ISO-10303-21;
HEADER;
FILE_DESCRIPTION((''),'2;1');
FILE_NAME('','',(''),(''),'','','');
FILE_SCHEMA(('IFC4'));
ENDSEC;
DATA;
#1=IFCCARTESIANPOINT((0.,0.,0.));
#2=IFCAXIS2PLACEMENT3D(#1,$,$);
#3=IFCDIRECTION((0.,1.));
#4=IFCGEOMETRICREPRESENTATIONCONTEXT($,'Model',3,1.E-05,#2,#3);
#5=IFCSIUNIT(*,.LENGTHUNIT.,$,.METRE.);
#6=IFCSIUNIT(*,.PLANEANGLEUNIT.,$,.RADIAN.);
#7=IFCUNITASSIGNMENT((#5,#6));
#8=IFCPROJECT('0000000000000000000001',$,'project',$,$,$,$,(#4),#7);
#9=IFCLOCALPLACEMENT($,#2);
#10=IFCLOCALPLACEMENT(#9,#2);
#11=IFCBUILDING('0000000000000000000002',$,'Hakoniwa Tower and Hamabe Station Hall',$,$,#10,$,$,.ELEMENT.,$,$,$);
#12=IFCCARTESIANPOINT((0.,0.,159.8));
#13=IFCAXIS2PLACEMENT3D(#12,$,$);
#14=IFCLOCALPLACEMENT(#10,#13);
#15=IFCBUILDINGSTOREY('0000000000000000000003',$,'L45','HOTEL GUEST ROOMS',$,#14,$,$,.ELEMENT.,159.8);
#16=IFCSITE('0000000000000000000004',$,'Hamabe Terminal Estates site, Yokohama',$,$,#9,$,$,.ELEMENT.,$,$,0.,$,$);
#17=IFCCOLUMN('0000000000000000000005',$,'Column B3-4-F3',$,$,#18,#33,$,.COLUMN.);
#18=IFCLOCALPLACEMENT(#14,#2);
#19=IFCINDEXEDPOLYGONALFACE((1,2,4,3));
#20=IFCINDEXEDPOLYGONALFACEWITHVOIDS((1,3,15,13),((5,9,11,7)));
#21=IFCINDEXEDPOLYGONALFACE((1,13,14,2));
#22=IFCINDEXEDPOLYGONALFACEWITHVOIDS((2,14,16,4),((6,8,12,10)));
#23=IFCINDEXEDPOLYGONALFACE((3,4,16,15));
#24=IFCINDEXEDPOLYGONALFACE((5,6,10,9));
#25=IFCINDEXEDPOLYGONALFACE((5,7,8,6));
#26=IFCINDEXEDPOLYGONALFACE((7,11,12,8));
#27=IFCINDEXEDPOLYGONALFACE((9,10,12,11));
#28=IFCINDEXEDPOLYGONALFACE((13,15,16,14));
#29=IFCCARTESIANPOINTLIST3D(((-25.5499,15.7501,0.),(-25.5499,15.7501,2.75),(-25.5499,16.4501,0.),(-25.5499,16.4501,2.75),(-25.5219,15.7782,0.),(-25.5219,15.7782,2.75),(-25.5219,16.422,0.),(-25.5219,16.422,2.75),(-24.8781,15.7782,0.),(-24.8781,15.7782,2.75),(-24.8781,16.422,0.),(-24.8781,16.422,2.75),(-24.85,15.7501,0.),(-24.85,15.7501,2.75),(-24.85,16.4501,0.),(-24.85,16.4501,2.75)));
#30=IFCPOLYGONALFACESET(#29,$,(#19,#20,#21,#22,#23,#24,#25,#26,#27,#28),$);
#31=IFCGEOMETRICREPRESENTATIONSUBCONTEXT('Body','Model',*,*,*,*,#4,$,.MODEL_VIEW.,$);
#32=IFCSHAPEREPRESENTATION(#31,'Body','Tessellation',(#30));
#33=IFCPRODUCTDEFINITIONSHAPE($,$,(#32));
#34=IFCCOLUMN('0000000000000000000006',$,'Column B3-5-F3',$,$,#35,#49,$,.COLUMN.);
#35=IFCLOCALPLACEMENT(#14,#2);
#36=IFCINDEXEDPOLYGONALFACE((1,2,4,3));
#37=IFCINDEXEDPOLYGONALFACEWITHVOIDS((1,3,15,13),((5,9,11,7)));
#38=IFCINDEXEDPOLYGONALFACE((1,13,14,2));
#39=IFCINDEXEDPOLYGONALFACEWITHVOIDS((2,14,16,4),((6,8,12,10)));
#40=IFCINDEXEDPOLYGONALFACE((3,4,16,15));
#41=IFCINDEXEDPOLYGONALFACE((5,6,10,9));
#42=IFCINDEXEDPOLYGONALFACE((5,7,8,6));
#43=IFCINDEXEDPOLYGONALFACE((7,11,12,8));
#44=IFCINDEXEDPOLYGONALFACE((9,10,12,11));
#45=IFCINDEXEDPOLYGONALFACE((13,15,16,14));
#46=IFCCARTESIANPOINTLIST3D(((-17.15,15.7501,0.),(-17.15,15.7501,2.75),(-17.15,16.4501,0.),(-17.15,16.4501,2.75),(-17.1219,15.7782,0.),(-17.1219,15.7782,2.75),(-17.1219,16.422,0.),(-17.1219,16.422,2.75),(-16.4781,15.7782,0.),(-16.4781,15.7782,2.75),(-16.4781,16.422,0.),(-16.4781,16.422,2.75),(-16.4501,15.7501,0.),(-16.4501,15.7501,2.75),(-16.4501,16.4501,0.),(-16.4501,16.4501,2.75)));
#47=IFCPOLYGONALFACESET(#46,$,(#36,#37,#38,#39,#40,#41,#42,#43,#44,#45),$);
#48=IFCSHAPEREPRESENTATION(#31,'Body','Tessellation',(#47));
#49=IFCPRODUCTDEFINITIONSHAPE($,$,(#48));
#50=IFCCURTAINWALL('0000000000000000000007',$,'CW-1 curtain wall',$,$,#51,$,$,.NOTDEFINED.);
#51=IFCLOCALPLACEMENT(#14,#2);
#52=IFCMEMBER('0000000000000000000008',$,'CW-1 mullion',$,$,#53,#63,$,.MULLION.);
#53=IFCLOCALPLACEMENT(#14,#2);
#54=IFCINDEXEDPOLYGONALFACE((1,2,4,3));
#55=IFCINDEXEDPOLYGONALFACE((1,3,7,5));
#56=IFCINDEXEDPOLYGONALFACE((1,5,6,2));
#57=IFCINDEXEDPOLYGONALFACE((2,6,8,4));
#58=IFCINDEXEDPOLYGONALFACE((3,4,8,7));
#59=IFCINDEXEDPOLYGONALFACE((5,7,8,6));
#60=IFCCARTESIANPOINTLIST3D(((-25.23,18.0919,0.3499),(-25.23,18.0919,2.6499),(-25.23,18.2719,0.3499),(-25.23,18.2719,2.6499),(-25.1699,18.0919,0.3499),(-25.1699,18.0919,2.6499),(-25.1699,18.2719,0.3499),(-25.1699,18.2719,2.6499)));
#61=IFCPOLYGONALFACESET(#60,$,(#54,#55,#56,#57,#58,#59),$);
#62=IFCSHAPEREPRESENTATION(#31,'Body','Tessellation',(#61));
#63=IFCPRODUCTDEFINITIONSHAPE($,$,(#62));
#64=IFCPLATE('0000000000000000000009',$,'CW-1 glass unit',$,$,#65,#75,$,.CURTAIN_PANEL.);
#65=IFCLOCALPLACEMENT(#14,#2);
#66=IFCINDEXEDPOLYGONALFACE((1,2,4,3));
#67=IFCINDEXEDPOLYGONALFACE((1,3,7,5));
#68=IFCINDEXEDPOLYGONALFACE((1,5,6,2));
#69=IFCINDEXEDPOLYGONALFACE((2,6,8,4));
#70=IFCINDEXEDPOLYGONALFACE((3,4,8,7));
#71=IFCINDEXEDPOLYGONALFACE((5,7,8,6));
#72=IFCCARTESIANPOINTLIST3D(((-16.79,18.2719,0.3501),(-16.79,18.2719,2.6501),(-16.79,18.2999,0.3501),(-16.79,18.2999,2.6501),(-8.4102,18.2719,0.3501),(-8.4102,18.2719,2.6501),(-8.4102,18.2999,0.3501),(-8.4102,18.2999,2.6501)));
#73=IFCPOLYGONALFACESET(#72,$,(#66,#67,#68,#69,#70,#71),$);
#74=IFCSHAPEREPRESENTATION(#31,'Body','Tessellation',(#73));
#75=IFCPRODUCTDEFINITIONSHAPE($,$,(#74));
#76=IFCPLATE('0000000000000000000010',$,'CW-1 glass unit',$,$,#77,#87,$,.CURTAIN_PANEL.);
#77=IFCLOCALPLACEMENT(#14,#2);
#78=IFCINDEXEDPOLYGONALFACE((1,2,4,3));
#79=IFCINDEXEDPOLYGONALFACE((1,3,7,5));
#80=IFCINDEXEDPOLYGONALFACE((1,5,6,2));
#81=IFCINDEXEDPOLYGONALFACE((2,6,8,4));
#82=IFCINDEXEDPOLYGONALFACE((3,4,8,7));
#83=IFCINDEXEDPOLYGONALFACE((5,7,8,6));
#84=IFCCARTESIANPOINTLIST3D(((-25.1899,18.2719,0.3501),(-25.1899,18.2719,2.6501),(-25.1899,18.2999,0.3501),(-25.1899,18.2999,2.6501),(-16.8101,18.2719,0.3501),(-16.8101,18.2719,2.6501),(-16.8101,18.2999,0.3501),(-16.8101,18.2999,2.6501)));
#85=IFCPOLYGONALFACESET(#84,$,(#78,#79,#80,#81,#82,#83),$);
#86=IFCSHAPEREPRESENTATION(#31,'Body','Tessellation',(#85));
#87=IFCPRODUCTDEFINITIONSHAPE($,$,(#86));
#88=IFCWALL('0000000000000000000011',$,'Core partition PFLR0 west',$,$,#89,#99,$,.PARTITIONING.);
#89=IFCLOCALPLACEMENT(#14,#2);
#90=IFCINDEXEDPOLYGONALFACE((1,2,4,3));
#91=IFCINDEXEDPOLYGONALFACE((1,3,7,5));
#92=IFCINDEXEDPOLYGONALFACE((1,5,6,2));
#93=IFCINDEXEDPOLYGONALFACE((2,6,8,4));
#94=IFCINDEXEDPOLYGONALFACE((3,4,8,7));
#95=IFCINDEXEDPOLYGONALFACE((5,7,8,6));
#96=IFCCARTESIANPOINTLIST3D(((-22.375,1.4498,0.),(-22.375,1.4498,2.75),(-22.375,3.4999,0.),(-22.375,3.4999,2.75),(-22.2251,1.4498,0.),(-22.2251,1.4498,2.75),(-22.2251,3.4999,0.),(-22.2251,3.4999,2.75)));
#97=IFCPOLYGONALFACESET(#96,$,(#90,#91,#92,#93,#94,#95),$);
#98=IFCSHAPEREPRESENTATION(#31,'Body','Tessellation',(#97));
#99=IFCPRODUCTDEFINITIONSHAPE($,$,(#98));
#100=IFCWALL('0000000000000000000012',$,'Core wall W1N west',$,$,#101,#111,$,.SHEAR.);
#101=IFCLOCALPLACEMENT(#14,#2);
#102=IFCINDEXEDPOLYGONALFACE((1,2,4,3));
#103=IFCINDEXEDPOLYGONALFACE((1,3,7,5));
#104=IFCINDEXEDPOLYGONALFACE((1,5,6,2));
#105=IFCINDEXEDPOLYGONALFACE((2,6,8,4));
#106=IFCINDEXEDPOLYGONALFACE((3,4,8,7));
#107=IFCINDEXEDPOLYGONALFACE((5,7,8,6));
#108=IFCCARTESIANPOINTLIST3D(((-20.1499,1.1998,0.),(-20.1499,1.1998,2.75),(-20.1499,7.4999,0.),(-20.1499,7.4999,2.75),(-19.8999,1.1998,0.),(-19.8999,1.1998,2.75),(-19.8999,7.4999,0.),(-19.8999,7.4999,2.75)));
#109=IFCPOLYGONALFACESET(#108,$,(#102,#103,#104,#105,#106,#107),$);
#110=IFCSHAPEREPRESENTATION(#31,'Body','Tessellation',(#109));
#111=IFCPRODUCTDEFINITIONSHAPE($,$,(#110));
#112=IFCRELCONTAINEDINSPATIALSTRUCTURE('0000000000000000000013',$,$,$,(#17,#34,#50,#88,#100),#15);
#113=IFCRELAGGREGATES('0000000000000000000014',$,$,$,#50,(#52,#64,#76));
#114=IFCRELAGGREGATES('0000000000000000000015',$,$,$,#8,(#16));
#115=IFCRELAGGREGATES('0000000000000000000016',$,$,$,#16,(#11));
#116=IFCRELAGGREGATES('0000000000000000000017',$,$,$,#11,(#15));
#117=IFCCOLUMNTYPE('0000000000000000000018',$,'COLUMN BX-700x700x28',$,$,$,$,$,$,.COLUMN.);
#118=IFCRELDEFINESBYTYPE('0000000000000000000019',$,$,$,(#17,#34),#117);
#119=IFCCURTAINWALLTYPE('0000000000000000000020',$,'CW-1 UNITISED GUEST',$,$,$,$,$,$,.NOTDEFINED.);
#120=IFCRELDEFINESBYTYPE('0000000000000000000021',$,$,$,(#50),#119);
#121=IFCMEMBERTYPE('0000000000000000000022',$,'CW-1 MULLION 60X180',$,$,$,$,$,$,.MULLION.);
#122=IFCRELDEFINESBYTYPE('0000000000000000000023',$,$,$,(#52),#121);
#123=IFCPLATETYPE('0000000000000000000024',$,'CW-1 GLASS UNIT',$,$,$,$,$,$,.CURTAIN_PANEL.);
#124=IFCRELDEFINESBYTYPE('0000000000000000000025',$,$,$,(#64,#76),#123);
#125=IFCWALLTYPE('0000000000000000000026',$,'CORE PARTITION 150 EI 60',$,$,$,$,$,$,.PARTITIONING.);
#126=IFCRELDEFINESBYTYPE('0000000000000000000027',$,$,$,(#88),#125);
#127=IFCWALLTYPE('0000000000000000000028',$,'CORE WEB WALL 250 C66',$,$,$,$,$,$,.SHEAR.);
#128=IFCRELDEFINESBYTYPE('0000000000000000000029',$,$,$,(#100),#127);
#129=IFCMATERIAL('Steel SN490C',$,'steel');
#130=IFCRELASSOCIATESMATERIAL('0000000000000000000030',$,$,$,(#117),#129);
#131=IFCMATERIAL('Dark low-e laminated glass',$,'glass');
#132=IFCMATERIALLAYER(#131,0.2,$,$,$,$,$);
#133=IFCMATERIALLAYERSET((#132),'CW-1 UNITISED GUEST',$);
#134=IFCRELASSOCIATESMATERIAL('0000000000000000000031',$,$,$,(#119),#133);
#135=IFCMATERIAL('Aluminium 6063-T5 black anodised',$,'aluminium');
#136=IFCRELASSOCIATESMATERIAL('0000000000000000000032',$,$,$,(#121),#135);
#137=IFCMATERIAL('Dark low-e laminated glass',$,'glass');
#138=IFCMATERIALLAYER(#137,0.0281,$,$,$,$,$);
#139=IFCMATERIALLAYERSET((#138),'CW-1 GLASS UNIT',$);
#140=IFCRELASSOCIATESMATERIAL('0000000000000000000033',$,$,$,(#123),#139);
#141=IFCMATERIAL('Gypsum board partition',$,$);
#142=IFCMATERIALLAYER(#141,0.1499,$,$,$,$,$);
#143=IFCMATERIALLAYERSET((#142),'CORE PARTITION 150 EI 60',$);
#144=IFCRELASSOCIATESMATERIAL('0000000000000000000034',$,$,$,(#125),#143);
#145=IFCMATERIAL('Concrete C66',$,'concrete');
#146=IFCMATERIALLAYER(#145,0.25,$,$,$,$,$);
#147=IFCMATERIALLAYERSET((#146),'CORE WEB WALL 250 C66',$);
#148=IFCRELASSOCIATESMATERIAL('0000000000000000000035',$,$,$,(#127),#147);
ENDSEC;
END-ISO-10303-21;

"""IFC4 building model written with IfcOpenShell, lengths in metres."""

from ifc_helpers import new_model, si_unit, direction, frame, frame_2d, origin, origin_2d, place, context, subcontext, project, spatial, rectangle, hollow_rectangle, extrude, material, layer, layer_set, material_profile, profile_set, type_object, element, aggregate, save


model = new_model("IFC4")

# Units and contexts
model_context = context("Model", 3, precision=1e-05, world=origin(), true_north=direction((0.0, 1.0)))
body_context = subcontext(model_context, "Body", "Model", "MODEL_VIEW")
ifc_project = project(units=[si_unit("LENGTHUNIT", "METRE"), si_unit("PLANEANGLEUNIT", "RADIAN")], contexts=[model_context])

# Site, building, storey
site_placement = place(None, origin())
site = spatial("IfcSite", under=ifc_project, at=site_placement, Name="Hamabe Terminal Estates site, Yokohama", CompositionType="ELEMENT", RefElevation=0.0)
building_placement = place(site_placement, origin())
building = spatial("IfcBuilding", under=site, at=building_placement, Name="Hakoniwa Tower and Hamabe Station Hall", CompositionType="ELEMENT")
storey_placement = place(building_placement, frame((0.0, 0.0, 159.8)))
storey = spatial("IfcBuildingStorey", under=building, at=storey_placement, Name="L45", Description="HOTEL GUEST ROOMS", CompositionType="ELEMENT", Elevation=159.8)

# Columns
ifc_material_1 = material(Name="Steel SN490C", Category="steel")
ifc_material_profile_1 = material_profile(ifc_material_1, hollow_rectangle(XDim=0.7, YDim=0.7, WallThickness=0.0281, at=origin_2d()), Name="BX-700x700x28")
ifc_profile_set_1 = profile_set([ifc_material_profile_1], Name="Steel SN490C")
column_type = type_object("IfcColumnType", Name="COLUMN BX-700x700x28", PredefinedType="COLUMN", material=ifc_profile_set_1)
for number, where, z_axis, x_axis, name in (
    (1, (-25.2, 16.1001, 0.0), (0.0, 0.0, 1.0), (1.0, 0.0, 0.0), "Column B3-4-F3"),
    (2, (-16.8, 16.1001, 0.0), (0.0, 0.0, 1.0), (1.0, 0.0, 0.0), "Column B3-5-F3"),
):
    element("IfcColumn", number, at=place(storey_placement, frame(where, z_axis=z_axis, x_axis=x_axis)), inside=storey, type_object=column_type, Name=name, PredefinedType="COLUMN", context=body_context, shape_type="SweptSolid", body=[
        extrude(hollow_rectangle(XDim=0.7, YDim=0.7, WallThickness=0.0281, at=origin_2d()), origin(), (0.0, 0.0, 1.0), 2.75),
    ])

# Curtain wall, member, plates
ifc_material_2 = material(Name="Dark low-e laminated glass", Category="glass")
ifc_layer_1 = layer(ifc_material_2, 0.2)
ifc_layer_set_1 = layer_set([ifc_layer_1], Name="CW-1 UNITISED GUEST")
curtain_wall_type = type_object("IfcCurtainWallType", Name="CW-1 UNITISED GUEST", PredefinedType="NOTDEFINED", material=ifc_layer_set_1)
curtain_wall_placement = place(storey_placement, origin())
curtain_wall = element("IfcCurtainWall", 3, at=curtain_wall_placement, inside=storey, type_object=curtain_wall_type, Name="CW-1 curtain wall", PredefinedType="NOTDEFINED")
ifc_material_3 = material(Name="Aluminium 6063-T5 black anodised", Category="aluminium")
ifc_material_profile_2 = material_profile(ifc_material_3, rectangle(XDim=0.0601, YDim=0.1799, at=origin_2d()), Name="CW-1 MULLION 60X180")
ifc_profile_set_2 = profile_set([ifc_material_profile_2], Name="Aluminium 6063-T5 black anodised")
member_type = type_object("IfcMemberType", Name="CW-1 MULLION 60X180", PredefinedType="MULLION", material=ifc_profile_set_2)
member_placement = place(storey_placement, frame((-25.2, 18.1819, 0.3499), z_axis=(0.0, 0.0, 1.0), x_axis=(-1.0, 0.0, 0.0)))
member = element("IfcMember", 4, at=member_placement, type_object=member_type, Name="CW-1 mullion", PredefinedType="MULLION", context=body_context, shape_type="SweptSolid", body=[
    extrude(rectangle(XDim=0.0601, YDim=0.1799, at=origin_2d()), origin(), (0.0, 0.0, 1.0), 2.3),
])
ifc_material_4 = material(Name="Dark low-e laminated glass", Category="glass")
ifc_layer_2 = layer(ifc_material_4, 0.0281)
ifc_layer_set_2 = layer_set([ifc_layer_2], Name="CW-1 GLASS UNIT")
plate_type = type_object("IfcPlateType", Name="CW-1 GLASS UNIT", PredefinedType="CURTAIN_PANEL", material=ifc_layer_set_2)
plate_1_placement = place(storey_placement, frame((-12.6001, 18.2859, 0.3501), z_axis=(0.0, 0.0, 1.0), x_axis=(-1.0, 0.0, 0.0)))
plate_1 = element("IfcPlate", 5, at=plate_1_placement, type_object=plate_type, Name="CW-1 glass unit", PredefinedType="CURTAIN_PANEL", context=body_context, shape_type="SweptSolid", body=[
    extrude(rectangle(XDim=8.3799, YDim=0.0281, at=origin_2d()), origin(), (0.0, 0.0, 1.0), 2.3),
])
plate_2_placement = place(storey_placement, frame((-21.0, 18.2859, 0.3501), z_axis=(0.0, 0.0, 1.0), x_axis=(-1.0, 0.0, 0.0)))
plate_2 = element("IfcPlate", 6, at=plate_2_placement, type_object=plate_type, Name="CW-1 glass unit", PredefinedType="CURTAIN_PANEL", context=body_context, shape_type="SweptSolid", body=[
    extrude(rectangle(XDim=8.3799, YDim=0.0281, at=origin_2d()), origin(), (0.0, 0.0, 1.0), 2.3),
])
aggregate(curtain_wall, [member, plate_1, plate_2])

# Walls
ifc_material_5 = material(Name="Gypsum board partition")
ifc_layer_3 = layer(ifc_material_5, 0.1499)
ifc_layer_set_3 = layer_set([ifc_layer_3], Name="CORE PARTITION 150 EI 60")
wall_type_1 = type_object("IfcWallType", Name="CORE PARTITION 150 EI 60", PredefinedType="PARTITIONING", material=ifc_layer_set_3)
wall_1_placement = place(storey_placement, frame((-22.3, 1.45, 0.0), z_axis=(0.0, 0.0, 1.0), x_axis=(0.0, 1.0, 0.0)))
element("IfcWall", 7, at=wall_1_placement, inside=storey, type_object=wall_type_1, Name="Core partition PFLR0 west", PredefinedType="PARTITIONING", context=body_context, shape_type="SweptSolid", body=[
    extrude(rectangle(XDim=2.05, YDim=0.1499, at=frame_2d((1.0249, 0.0))), origin(), (0.0, 0.0, 1.0), 2.75),
])
ifc_material_6 = material(Name="Concrete C66", Category="concrete")
ifc_layer_4 = layer(ifc_material_6, 0.25)
ifc_layer_set_4 = layer_set([ifc_layer_4], Name="CORE WEB WALL 250 C66")
wall_type_2 = type_object("IfcWallType", Name="CORE WEB WALL 250 C66", PredefinedType="SHEAR", material=ifc_layer_set_4)
wall_2_placement = place(storey_placement, frame((-20.0249, 1.2, 0.0), z_axis=(0.0, 0.0, 1.0), x_axis=(0.0, 1.0, 0.0)))
element("IfcWall", 8, at=wall_2_placement, inside=storey, type_object=wall_type_2, Name="Core wall W1N west", PredefinedType="SHEAR", context=body_context, shape_type="SweptSolid", body=[
    extrude(rectangle(XDim=6.3, YDim=0.25, at=frame_2d((3.1499, 0.0))), origin(), (0.0, 0.0, 1.0), 2.75),
])

save(model, "model.ifc")
